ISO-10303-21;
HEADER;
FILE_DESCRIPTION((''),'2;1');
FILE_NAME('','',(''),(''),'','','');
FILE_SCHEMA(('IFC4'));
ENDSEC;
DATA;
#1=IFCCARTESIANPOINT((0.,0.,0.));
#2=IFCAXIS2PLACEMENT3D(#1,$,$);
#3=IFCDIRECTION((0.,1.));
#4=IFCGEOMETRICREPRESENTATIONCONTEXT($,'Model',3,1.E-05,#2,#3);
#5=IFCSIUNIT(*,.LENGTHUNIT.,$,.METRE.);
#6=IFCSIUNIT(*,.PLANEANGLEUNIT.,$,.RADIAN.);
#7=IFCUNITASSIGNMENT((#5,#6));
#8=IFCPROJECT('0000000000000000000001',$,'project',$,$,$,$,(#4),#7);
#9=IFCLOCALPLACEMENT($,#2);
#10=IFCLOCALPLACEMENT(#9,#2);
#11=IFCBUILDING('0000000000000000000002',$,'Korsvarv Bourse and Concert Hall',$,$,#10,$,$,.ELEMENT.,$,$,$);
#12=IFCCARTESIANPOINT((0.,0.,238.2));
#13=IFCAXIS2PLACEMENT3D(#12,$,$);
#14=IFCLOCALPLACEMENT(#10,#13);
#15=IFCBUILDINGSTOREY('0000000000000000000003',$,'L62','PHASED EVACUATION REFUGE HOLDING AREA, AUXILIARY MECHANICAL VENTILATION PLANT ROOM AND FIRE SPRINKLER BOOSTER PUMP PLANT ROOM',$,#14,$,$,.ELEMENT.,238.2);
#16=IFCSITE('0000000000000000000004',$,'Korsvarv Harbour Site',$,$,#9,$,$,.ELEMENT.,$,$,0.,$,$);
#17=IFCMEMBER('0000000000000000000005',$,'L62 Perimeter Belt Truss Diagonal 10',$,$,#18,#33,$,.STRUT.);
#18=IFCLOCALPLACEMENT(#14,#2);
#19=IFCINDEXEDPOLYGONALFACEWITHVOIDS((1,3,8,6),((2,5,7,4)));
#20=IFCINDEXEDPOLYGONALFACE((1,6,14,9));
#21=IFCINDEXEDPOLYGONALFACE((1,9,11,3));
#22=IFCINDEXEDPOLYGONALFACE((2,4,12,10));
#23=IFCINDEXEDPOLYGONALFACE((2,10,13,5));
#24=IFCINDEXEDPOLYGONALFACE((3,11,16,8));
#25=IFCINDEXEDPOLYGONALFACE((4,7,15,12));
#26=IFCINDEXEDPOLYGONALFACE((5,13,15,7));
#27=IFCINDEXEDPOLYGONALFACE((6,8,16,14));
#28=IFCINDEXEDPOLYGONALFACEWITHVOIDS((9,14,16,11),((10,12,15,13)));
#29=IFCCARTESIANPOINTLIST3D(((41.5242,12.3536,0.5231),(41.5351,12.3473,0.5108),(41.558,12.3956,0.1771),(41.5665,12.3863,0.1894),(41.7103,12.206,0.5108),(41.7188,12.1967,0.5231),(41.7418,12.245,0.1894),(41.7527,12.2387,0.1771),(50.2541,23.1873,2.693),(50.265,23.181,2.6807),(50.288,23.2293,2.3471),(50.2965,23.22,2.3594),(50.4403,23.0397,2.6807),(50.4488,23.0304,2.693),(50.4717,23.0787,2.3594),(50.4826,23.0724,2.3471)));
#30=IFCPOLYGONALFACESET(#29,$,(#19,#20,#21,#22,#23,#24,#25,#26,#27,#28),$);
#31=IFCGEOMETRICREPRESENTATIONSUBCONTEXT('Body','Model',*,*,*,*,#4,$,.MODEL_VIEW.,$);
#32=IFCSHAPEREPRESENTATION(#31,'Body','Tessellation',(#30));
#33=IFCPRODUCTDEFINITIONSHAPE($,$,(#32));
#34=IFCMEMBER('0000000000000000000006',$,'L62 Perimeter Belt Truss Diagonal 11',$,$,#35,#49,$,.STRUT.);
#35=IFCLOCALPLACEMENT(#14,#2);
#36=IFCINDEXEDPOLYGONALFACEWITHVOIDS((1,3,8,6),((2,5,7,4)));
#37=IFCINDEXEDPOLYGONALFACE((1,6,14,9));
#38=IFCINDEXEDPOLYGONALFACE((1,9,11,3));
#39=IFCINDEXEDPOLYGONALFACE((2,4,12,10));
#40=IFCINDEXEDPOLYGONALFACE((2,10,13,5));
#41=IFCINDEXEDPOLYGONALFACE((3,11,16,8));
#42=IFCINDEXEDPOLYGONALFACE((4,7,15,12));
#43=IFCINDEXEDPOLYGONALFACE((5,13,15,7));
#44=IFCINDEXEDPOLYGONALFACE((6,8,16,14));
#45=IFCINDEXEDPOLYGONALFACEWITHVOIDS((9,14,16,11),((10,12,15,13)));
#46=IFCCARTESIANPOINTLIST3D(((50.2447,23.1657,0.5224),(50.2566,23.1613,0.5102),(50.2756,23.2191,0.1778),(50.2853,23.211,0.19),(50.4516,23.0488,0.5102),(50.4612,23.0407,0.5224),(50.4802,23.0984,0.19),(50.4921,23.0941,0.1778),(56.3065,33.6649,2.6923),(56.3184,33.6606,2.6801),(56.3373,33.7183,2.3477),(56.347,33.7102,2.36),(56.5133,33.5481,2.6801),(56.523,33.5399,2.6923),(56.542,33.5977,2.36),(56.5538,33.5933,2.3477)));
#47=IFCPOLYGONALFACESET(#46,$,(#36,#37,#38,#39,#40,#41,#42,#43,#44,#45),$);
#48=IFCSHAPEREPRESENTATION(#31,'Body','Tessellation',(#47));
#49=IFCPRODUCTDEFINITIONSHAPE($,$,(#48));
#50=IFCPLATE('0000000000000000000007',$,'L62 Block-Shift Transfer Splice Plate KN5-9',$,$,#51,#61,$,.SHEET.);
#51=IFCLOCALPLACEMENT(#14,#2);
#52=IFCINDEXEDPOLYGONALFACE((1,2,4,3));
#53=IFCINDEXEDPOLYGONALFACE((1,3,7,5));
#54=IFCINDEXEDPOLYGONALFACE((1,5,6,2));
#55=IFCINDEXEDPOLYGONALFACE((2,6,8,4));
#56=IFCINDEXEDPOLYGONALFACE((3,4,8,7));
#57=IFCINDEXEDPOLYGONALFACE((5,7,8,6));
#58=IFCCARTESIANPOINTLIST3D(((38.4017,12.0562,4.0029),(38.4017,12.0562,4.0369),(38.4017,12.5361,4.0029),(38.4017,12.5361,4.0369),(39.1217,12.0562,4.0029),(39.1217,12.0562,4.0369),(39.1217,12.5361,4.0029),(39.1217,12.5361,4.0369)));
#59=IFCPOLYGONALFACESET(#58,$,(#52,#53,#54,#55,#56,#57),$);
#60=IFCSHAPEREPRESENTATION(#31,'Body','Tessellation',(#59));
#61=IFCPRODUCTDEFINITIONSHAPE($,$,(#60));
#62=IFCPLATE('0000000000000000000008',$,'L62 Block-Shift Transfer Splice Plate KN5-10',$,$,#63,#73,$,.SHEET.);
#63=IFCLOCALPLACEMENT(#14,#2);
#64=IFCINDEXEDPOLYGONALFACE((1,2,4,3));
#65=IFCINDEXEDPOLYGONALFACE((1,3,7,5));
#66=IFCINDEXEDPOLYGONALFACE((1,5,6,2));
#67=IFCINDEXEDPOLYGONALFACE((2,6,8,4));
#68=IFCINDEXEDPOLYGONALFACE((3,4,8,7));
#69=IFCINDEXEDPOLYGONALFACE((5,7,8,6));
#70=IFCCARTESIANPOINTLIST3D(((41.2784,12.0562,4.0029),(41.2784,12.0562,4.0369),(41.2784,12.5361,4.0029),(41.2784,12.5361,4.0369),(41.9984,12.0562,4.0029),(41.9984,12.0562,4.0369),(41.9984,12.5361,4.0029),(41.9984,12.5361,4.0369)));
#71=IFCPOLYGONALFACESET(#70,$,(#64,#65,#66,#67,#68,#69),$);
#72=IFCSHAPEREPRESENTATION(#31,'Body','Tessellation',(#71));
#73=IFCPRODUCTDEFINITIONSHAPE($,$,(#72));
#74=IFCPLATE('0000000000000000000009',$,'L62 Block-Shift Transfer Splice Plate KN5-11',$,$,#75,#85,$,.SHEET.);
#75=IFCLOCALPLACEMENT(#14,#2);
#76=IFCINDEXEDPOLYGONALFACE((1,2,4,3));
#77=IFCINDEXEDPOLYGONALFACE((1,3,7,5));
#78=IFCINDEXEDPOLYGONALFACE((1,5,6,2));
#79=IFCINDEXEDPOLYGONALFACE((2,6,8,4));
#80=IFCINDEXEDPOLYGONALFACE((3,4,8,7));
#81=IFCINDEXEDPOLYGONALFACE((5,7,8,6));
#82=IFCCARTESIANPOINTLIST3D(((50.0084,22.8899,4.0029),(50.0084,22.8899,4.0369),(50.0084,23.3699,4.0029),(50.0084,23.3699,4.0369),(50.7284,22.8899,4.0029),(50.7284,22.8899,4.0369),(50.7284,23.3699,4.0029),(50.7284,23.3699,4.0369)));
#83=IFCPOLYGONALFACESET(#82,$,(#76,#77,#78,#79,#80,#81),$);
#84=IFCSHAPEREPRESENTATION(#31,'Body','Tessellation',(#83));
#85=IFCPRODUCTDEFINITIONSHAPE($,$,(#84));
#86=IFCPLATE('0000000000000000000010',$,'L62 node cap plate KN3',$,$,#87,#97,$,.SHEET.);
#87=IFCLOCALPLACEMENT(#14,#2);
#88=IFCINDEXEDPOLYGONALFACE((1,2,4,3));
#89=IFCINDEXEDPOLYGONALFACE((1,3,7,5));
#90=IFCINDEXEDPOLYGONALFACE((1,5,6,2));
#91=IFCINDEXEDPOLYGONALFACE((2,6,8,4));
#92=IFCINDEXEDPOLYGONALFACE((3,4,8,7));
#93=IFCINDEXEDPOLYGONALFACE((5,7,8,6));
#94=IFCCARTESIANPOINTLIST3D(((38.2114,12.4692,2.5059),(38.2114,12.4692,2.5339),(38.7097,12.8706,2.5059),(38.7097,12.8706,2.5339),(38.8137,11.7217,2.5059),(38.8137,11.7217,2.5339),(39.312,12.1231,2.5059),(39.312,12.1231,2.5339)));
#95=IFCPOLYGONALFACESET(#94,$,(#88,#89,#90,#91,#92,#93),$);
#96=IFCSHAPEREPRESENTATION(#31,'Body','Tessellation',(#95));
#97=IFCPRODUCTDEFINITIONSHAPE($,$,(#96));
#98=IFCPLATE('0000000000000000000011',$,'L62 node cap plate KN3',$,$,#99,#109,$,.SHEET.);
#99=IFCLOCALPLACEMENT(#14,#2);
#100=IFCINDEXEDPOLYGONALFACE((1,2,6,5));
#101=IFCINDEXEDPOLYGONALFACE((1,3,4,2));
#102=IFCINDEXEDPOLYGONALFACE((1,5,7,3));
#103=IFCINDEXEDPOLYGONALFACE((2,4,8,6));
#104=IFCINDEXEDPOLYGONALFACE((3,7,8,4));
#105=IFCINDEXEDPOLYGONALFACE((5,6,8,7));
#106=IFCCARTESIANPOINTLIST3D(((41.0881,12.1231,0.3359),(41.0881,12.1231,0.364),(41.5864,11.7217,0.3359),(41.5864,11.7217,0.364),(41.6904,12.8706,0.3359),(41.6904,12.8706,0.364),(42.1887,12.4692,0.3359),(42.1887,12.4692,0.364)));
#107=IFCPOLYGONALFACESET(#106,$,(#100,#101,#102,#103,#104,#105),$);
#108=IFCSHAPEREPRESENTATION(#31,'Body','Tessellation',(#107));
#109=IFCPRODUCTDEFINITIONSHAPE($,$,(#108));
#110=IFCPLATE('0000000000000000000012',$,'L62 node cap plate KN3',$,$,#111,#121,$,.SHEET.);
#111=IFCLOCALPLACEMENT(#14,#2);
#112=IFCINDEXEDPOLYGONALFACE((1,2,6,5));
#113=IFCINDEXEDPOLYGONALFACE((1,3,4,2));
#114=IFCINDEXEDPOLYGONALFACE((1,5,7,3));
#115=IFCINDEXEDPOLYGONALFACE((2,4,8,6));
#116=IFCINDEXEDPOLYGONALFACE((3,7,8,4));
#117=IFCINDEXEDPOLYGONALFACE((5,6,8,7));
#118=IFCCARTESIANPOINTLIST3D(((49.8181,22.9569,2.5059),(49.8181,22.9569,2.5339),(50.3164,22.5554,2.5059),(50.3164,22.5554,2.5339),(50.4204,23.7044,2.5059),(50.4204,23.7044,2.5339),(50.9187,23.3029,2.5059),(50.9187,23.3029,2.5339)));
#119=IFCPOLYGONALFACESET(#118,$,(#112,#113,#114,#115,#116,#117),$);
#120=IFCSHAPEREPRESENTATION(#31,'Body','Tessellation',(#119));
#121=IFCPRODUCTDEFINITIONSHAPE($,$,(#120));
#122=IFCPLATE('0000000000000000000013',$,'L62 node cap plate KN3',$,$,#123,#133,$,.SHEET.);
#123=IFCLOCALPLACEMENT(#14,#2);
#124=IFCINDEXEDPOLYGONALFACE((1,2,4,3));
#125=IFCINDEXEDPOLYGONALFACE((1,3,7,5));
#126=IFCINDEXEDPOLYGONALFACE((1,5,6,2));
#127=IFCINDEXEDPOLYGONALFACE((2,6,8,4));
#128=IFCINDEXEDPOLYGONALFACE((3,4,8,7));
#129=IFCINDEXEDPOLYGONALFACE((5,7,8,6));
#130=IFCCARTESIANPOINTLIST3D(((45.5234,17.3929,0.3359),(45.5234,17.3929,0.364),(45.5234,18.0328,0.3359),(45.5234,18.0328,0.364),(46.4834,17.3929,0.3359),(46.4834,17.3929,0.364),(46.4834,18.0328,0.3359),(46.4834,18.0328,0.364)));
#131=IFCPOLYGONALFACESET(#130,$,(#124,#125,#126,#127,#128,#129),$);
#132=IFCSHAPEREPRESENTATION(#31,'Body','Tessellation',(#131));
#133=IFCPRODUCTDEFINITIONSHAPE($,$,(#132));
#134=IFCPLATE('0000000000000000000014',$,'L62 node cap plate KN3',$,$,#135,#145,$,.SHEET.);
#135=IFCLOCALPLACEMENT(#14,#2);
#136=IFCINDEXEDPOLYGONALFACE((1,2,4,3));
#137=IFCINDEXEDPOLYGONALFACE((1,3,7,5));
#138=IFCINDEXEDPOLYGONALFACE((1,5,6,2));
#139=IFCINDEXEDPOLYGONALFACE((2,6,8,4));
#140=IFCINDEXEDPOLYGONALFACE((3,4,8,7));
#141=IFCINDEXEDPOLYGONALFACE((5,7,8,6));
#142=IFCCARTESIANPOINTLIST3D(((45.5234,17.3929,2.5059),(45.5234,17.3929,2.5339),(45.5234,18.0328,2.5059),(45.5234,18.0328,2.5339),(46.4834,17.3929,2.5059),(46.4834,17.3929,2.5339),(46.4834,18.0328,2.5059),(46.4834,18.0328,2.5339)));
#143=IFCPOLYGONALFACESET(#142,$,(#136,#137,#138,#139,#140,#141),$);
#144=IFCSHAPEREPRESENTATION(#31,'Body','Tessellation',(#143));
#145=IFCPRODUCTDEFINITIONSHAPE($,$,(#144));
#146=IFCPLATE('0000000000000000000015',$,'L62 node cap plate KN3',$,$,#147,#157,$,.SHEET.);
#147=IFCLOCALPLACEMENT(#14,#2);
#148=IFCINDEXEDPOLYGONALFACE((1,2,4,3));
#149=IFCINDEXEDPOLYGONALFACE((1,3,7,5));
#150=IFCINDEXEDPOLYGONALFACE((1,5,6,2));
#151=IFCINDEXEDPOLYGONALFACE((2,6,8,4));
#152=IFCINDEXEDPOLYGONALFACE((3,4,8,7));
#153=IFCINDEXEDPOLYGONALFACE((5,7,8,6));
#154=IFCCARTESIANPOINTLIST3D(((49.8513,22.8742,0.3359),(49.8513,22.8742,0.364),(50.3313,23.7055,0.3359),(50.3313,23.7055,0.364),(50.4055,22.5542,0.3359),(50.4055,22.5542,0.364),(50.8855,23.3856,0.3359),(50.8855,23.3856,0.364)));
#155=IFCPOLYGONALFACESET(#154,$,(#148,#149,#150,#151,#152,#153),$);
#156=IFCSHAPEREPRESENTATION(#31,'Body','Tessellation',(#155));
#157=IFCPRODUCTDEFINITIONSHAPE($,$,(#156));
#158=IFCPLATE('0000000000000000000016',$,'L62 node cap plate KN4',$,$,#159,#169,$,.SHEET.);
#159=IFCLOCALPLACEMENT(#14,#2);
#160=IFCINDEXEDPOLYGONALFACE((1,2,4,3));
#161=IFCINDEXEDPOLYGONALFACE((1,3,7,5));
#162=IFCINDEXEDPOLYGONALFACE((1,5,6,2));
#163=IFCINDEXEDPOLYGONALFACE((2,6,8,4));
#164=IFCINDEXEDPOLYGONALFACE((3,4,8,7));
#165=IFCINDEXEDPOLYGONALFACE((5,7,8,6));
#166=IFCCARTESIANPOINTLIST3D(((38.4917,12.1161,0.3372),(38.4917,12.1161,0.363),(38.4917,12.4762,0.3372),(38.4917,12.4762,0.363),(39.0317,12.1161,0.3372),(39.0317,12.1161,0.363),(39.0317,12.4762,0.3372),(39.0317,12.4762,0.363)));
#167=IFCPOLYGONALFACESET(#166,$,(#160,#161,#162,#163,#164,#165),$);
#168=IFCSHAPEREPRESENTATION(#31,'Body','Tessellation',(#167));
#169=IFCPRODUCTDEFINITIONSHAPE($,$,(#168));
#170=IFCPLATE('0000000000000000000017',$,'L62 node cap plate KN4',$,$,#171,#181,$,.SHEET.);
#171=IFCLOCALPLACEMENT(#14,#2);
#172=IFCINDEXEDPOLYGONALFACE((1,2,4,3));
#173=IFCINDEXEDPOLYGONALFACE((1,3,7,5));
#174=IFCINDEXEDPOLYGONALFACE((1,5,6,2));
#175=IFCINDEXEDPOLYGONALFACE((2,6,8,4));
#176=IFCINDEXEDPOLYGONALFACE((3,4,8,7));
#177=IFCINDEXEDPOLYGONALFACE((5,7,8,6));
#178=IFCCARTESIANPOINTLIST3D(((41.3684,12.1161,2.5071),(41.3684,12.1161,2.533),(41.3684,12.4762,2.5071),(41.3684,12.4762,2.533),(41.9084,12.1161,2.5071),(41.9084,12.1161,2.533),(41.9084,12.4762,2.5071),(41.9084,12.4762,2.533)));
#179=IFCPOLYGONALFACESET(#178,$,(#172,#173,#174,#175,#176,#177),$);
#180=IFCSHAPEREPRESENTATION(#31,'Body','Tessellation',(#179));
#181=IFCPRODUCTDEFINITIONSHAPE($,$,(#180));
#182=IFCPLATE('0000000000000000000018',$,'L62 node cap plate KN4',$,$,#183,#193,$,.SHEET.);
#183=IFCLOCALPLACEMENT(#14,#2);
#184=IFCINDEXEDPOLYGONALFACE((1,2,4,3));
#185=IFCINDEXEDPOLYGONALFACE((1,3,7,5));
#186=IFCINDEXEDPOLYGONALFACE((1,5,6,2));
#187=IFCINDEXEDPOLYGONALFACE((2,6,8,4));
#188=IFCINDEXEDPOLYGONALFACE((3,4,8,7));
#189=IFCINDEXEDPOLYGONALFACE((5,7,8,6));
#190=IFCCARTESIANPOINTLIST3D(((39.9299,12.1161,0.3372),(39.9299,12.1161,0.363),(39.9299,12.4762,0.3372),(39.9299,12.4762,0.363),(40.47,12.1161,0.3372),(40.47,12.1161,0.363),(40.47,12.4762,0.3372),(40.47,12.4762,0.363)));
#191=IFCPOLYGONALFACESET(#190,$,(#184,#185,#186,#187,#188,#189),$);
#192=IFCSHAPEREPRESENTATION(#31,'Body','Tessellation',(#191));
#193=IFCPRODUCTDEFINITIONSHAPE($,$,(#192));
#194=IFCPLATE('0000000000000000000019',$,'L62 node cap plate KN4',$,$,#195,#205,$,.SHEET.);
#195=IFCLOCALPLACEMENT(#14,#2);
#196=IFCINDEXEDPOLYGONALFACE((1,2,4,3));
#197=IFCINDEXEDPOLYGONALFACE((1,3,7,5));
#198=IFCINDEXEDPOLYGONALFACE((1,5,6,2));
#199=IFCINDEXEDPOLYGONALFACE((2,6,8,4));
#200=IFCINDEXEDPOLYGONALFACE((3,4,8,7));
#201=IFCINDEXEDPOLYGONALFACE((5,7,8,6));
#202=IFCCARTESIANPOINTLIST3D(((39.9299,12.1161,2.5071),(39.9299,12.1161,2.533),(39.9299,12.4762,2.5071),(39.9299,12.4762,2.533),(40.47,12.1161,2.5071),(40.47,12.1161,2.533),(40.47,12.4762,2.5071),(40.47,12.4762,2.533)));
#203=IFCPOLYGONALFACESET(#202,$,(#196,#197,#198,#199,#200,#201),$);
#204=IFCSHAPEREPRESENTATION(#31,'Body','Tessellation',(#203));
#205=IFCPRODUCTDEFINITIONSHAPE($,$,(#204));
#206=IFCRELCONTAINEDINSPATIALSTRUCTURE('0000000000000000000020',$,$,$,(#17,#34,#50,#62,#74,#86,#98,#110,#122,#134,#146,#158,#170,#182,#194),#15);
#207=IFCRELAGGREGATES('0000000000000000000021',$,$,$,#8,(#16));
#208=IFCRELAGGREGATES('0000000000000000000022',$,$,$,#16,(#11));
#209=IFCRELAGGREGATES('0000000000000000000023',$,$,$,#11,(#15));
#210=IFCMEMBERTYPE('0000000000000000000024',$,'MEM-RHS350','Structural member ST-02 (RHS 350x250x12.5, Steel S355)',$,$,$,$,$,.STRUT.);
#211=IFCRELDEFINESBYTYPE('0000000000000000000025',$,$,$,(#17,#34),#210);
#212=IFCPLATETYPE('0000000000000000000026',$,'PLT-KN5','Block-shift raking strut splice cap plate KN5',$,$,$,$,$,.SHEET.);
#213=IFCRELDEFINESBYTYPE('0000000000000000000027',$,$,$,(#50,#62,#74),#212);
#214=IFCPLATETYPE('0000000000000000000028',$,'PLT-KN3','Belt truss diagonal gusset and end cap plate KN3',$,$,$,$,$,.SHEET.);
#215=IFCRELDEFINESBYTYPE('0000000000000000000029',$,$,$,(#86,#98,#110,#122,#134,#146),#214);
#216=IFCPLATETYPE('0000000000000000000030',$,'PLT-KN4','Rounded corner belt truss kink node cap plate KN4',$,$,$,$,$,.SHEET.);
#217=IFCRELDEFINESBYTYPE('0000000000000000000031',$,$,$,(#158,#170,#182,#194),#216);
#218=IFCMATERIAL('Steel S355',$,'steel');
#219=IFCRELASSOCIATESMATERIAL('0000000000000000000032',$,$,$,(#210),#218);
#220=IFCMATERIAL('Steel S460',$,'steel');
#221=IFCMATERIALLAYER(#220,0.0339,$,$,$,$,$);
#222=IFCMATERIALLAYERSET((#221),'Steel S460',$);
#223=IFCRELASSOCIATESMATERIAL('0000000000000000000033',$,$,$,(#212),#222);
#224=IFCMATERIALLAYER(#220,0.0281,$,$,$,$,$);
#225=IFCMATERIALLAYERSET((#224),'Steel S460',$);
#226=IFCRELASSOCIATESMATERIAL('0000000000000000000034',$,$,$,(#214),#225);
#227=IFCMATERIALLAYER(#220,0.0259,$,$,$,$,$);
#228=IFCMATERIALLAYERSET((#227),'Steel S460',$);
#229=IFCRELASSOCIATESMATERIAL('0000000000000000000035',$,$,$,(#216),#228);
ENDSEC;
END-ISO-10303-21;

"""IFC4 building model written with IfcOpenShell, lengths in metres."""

from ifc_helpers import new_model, si_unit, direction, frame, origin, origin_2d, place, context, subcontext, project, spatial, rectangle, hollow_rectangle, extrude, source, transform, mapped, material, layer, layer_set, material_profile, profile_set, type_object, element, save


model = new_model("IFC4")

# Units and contexts
model_context = context("Model", 3, precision=1e-05, world=origin(), true_north=direction((0.0, 1.0)))
body_context = subcontext(model_context, "Body", "Model", "MODEL_VIEW")
ifc_project = project(units=[si_unit("LENGTHUNIT", "METRE"), si_unit("PLANEANGLEUNIT", "RADIAN")], contexts=[model_context])

# Site, building, storey
site_placement = place(None, origin())
site = spatial("IfcSite", under=ifc_project, at=site_placement, Name="Korsvarv Harbour Site", CompositionType="ELEMENT", RefElevation=0.0)
building_placement = place(site_placement, origin())
building = spatial("IfcBuilding", under=site, at=building_placement, Name="Korsvarv Bourse and Concert Hall", CompositionType="ELEMENT")
storey_placement = place(building_placement, frame((0.0, 0.0, 238.2)))
storey = spatial("IfcBuildingStorey", under=building, at=storey_placement, Name="L62", Description="PHASED EVACUATION REFUGE HOLDING AREA, AUXILIARY MECHANICAL VENTILATION PLANT ROOM AND FIRE SPRINKLER BOOSTER PUMP PLANT ROOM", CompositionType="ELEMENT", Elevation=238.2)

# Shared definitions
ifc_material_1 = material(Name="Steel S355", Category="steel")

# Shared definitions
ifc_material_profile_1 = material_profile(ifc_material_1, hollow_rectangle(XDim=0.25, YDim=0.3501, WallThickness=0.0125, at=origin_2d()), Name="RHS 350x250x12.5")
ifc_profile_set_1 = profile_set([ifc_material_profile_1], Name="Steel S355")
member_type = type_object("IfcMemberType", Name="MEM-RHS350", Description="Structural member ST-02 (RHS 350x250x12.5, Steel S355)", PredefinedType="STRUT", material=ifc_profile_set_1)

# Members
shared_shape_1 = source(origin(), body_context, "Body", "SweptSolid", [
    extrude(hollow_rectangle(XDim=0.25, YDim=0.3501, WallThickness=0.0125, at=origin_2d()), origin(), (0.0, 0.0, 1.0), 14.0815),
])
member_1_placement = place(storey_placement, frame((41.6384, 12.2961, 0.3501), z_axis=(0.619957, 0.769355, 0.154096), x_axis=(-0.778656, 0.627452, 0.0)))
element("IfcMember", 1, at=member_1_placement, inside=storey, type_object=member_type, Name="L62 Perimeter Belt Truss Diagonal 10", PredefinedType="STRUT", context=body_context, shape_type="MappedRepresentation", body=[
    mapped(shared_shape_1, transform((0.0, 0.0, 0.0), scale=1.0)),
])
shared_shape_2 = source(origin(), body_context, "Body", "SweptSolid", [
    extrude(hollow_rectangle(XDim=0.25, YDim=0.3501, WallThickness=0.0125, at=origin_2d()), origin(), (0.0, 0.0, 1.0), 12.3162),
])
member_2_placement = place(storey_placement, frame((50.3684, 23.1299, 0.3501), z_axis=(0.492179, 0.852478, 0.176185), x_axis=(-0.866025, 0.500001, 0.0)))
element("IfcMember", 2, at=member_2_placement, inside=storey, type_object=member_type, Name="L62 Perimeter Belt Truss Diagonal 11", PredefinedType="STRUT", context=body_context, shape_type="MappedRepresentation", body=[
    mapped(shared_shape_2, transform((0.0, 0.0, 0.0), scale=1.0)),
])

# Plates
ifc_material_2 = material(Name="Steel S460", Category="steel")
ifc_layer_1 = layer(ifc_material_2, 0.0339)
ifc_layer_set_1 = layer_set([ifc_layer_1], Name="Steel S460")
plate_type_1 = type_object("IfcPlateType", Name="PLT-KN5", Description="Block-shift raking strut splice cap plate KN5", PredefinedType="SHEET", material=ifc_layer_set_1)
shared_shape_3 = source(origin(), body_context, "Body", "SweptSolid", [
    extrude(rectangle(XDim=0.72, YDim=0.48, at=origin_2d()), origin(), (0.0, 0.0, 1.0), 0.0339),
])
for number, where, z_axis, x_axis, name in (
    (3, (38.7617, 12.2961, 4.0029), (0.0, 0.0, 1.0), (1.0, 0.0, 0.0), "L62 Block-Shift Transfer Splice Plate KN5-9"),
    (4, (41.6384, 12.2961, 4.0029), (0.0, 0.0, 1.0), (1.0, 0.0, 0.0), "L62 Block-Shift Transfer Splice Plate KN5-10"),
    (5, (50.3684, 23.1299, 4.0029), (0.0, 0.0, 1.0), (1.0, 0.0, 0.0), "L62 Block-Shift Transfer Splice Plate KN5-11"),
):
    element("IfcPlate", number, at=place(storey_placement, frame(where, z_axis=z_axis, x_axis=x_axis)), inside=storey, type_object=plate_type_1, Name=name, PredefinedType="SHEET", context=body_context, shape_type="MappedRepresentation", body=[
        mapped(shared_shape_3, transform((0.0, 0.0, 0.0), scale=1.0)),
    ])
ifc_layer_2 = layer(ifc_material_2, 0.0281)
ifc_layer_set_2 = layer_set([ifc_layer_2], Name="Steel S460")
plate_type_2 = type_object("IfcPlateType", Name="PLT-KN3", Description="Belt truss diagonal gusset and end cap plate KN3", PredefinedType="SHEET", material=ifc_layer_set_2)
shared_shape_4 = source(origin(), body_context, "Body", "SweptSolid", [
    extrude(rectangle(XDim=0.96, YDim=0.6399, at=origin_2d()), origin(), (0.0, 0.0, 1.0), 0.0281),
])
for number, where, z_axis, x_axis, name in (
    (6, (38.7617, 12.2961, 2.5059), (0.0, 0.0, 1.0), (-0.62742, 0.778681, 0.0), "L62 node cap plate KN3"),
    (7, (41.6384, 12.2961, 0.3359), (0.0, 0.0, 1.0), (0.62742, 0.778681, 0.0), "L62 node cap plate KN3"),
    (8, (50.3684, 23.1299, 2.5059), (0.0, 0.0, 1.0), (0.62742, 0.778681, 0.0), "L62 node cap plate KN3"),
    (9, (46.0034, 17.7129, 0.3359), (0.0, 0.0, 1.0), (1.0, 0.0, 0.0), "L62 node cap plate KN3"),
    (10, (46.0034, 17.7129, 2.5059), (0.0, 0.0, 1.0), (1.0, 0.0, 0.0), "L62 node cap plate KN3"),
    (11, (50.3684, 23.1299, 0.3359), (0.0, 0.0, 1.0), (0.5, 0.866025, 0.0), "L62 node cap plate KN3"),
):
    element("IfcPlate", number, at=place(storey_placement, frame(where, z_axis=z_axis, x_axis=x_axis)), inside=storey, type_object=plate_type_2, Name=name, PredefinedType="SHEET", context=body_context, shape_type="MappedRepresentation", body=[
        mapped(shared_shape_4, transform((0.0, 0.0, 0.0), scale=1.0)),
    ])
ifc_layer_3 = layer(ifc_material_2, 0.0259)
ifc_layer_set_3 = layer_set([ifc_layer_3], Name="Steel S460")
plate_type_3 = type_object("IfcPlateType", Name="PLT-KN4", Description="Rounded corner belt truss kink node cap plate KN4", PredefinedType="SHEET", material=ifc_layer_set_3)
shared_shape_5 = source(origin(), body_context, "Body", "SweptSolid", [
    extrude(rectangle(XDim=0.54, YDim=0.3601, at=origin_2d()), origin(), (0.0, 0.0, 1.0), 0.0259),
])
for number, where, z_axis, x_axis, name in (
    (12, (38.7617, 12.2961, 0.3372), (0.0, 0.0, 1.0), (1.0, 0.0, 0.0), "L62 node cap plate KN4"),
    (13, (41.6384, 12.2961, 2.5071), (0.0, 0.0, 1.0), (1.0, 0.0, 0.0), "L62 node cap plate KN4"),
    (14, (40.2, 12.2961, 0.3372), (0.0, 0.0, 1.0), (1.0, 0.0, 0.0), "L62 node cap plate KN4"),
    (15, (40.2, 12.2961, 2.5071), (0.0, 0.0, 1.0), (1.0, 0.0, 0.0), "L62 node cap plate KN4"),
):
    element("IfcPlate", number, at=place(storey_placement, frame(where, z_axis=z_axis, x_axis=x_axis)), inside=storey, type_object=plate_type_3, Name=name, PredefinedType="SHEET", context=body_context, shape_type="MappedRepresentation", body=[
        mapped(shared_shape_5, transform((0.0, 0.0, 0.0), scale=1.0)),
    ])

save(model, "model.ifc")
